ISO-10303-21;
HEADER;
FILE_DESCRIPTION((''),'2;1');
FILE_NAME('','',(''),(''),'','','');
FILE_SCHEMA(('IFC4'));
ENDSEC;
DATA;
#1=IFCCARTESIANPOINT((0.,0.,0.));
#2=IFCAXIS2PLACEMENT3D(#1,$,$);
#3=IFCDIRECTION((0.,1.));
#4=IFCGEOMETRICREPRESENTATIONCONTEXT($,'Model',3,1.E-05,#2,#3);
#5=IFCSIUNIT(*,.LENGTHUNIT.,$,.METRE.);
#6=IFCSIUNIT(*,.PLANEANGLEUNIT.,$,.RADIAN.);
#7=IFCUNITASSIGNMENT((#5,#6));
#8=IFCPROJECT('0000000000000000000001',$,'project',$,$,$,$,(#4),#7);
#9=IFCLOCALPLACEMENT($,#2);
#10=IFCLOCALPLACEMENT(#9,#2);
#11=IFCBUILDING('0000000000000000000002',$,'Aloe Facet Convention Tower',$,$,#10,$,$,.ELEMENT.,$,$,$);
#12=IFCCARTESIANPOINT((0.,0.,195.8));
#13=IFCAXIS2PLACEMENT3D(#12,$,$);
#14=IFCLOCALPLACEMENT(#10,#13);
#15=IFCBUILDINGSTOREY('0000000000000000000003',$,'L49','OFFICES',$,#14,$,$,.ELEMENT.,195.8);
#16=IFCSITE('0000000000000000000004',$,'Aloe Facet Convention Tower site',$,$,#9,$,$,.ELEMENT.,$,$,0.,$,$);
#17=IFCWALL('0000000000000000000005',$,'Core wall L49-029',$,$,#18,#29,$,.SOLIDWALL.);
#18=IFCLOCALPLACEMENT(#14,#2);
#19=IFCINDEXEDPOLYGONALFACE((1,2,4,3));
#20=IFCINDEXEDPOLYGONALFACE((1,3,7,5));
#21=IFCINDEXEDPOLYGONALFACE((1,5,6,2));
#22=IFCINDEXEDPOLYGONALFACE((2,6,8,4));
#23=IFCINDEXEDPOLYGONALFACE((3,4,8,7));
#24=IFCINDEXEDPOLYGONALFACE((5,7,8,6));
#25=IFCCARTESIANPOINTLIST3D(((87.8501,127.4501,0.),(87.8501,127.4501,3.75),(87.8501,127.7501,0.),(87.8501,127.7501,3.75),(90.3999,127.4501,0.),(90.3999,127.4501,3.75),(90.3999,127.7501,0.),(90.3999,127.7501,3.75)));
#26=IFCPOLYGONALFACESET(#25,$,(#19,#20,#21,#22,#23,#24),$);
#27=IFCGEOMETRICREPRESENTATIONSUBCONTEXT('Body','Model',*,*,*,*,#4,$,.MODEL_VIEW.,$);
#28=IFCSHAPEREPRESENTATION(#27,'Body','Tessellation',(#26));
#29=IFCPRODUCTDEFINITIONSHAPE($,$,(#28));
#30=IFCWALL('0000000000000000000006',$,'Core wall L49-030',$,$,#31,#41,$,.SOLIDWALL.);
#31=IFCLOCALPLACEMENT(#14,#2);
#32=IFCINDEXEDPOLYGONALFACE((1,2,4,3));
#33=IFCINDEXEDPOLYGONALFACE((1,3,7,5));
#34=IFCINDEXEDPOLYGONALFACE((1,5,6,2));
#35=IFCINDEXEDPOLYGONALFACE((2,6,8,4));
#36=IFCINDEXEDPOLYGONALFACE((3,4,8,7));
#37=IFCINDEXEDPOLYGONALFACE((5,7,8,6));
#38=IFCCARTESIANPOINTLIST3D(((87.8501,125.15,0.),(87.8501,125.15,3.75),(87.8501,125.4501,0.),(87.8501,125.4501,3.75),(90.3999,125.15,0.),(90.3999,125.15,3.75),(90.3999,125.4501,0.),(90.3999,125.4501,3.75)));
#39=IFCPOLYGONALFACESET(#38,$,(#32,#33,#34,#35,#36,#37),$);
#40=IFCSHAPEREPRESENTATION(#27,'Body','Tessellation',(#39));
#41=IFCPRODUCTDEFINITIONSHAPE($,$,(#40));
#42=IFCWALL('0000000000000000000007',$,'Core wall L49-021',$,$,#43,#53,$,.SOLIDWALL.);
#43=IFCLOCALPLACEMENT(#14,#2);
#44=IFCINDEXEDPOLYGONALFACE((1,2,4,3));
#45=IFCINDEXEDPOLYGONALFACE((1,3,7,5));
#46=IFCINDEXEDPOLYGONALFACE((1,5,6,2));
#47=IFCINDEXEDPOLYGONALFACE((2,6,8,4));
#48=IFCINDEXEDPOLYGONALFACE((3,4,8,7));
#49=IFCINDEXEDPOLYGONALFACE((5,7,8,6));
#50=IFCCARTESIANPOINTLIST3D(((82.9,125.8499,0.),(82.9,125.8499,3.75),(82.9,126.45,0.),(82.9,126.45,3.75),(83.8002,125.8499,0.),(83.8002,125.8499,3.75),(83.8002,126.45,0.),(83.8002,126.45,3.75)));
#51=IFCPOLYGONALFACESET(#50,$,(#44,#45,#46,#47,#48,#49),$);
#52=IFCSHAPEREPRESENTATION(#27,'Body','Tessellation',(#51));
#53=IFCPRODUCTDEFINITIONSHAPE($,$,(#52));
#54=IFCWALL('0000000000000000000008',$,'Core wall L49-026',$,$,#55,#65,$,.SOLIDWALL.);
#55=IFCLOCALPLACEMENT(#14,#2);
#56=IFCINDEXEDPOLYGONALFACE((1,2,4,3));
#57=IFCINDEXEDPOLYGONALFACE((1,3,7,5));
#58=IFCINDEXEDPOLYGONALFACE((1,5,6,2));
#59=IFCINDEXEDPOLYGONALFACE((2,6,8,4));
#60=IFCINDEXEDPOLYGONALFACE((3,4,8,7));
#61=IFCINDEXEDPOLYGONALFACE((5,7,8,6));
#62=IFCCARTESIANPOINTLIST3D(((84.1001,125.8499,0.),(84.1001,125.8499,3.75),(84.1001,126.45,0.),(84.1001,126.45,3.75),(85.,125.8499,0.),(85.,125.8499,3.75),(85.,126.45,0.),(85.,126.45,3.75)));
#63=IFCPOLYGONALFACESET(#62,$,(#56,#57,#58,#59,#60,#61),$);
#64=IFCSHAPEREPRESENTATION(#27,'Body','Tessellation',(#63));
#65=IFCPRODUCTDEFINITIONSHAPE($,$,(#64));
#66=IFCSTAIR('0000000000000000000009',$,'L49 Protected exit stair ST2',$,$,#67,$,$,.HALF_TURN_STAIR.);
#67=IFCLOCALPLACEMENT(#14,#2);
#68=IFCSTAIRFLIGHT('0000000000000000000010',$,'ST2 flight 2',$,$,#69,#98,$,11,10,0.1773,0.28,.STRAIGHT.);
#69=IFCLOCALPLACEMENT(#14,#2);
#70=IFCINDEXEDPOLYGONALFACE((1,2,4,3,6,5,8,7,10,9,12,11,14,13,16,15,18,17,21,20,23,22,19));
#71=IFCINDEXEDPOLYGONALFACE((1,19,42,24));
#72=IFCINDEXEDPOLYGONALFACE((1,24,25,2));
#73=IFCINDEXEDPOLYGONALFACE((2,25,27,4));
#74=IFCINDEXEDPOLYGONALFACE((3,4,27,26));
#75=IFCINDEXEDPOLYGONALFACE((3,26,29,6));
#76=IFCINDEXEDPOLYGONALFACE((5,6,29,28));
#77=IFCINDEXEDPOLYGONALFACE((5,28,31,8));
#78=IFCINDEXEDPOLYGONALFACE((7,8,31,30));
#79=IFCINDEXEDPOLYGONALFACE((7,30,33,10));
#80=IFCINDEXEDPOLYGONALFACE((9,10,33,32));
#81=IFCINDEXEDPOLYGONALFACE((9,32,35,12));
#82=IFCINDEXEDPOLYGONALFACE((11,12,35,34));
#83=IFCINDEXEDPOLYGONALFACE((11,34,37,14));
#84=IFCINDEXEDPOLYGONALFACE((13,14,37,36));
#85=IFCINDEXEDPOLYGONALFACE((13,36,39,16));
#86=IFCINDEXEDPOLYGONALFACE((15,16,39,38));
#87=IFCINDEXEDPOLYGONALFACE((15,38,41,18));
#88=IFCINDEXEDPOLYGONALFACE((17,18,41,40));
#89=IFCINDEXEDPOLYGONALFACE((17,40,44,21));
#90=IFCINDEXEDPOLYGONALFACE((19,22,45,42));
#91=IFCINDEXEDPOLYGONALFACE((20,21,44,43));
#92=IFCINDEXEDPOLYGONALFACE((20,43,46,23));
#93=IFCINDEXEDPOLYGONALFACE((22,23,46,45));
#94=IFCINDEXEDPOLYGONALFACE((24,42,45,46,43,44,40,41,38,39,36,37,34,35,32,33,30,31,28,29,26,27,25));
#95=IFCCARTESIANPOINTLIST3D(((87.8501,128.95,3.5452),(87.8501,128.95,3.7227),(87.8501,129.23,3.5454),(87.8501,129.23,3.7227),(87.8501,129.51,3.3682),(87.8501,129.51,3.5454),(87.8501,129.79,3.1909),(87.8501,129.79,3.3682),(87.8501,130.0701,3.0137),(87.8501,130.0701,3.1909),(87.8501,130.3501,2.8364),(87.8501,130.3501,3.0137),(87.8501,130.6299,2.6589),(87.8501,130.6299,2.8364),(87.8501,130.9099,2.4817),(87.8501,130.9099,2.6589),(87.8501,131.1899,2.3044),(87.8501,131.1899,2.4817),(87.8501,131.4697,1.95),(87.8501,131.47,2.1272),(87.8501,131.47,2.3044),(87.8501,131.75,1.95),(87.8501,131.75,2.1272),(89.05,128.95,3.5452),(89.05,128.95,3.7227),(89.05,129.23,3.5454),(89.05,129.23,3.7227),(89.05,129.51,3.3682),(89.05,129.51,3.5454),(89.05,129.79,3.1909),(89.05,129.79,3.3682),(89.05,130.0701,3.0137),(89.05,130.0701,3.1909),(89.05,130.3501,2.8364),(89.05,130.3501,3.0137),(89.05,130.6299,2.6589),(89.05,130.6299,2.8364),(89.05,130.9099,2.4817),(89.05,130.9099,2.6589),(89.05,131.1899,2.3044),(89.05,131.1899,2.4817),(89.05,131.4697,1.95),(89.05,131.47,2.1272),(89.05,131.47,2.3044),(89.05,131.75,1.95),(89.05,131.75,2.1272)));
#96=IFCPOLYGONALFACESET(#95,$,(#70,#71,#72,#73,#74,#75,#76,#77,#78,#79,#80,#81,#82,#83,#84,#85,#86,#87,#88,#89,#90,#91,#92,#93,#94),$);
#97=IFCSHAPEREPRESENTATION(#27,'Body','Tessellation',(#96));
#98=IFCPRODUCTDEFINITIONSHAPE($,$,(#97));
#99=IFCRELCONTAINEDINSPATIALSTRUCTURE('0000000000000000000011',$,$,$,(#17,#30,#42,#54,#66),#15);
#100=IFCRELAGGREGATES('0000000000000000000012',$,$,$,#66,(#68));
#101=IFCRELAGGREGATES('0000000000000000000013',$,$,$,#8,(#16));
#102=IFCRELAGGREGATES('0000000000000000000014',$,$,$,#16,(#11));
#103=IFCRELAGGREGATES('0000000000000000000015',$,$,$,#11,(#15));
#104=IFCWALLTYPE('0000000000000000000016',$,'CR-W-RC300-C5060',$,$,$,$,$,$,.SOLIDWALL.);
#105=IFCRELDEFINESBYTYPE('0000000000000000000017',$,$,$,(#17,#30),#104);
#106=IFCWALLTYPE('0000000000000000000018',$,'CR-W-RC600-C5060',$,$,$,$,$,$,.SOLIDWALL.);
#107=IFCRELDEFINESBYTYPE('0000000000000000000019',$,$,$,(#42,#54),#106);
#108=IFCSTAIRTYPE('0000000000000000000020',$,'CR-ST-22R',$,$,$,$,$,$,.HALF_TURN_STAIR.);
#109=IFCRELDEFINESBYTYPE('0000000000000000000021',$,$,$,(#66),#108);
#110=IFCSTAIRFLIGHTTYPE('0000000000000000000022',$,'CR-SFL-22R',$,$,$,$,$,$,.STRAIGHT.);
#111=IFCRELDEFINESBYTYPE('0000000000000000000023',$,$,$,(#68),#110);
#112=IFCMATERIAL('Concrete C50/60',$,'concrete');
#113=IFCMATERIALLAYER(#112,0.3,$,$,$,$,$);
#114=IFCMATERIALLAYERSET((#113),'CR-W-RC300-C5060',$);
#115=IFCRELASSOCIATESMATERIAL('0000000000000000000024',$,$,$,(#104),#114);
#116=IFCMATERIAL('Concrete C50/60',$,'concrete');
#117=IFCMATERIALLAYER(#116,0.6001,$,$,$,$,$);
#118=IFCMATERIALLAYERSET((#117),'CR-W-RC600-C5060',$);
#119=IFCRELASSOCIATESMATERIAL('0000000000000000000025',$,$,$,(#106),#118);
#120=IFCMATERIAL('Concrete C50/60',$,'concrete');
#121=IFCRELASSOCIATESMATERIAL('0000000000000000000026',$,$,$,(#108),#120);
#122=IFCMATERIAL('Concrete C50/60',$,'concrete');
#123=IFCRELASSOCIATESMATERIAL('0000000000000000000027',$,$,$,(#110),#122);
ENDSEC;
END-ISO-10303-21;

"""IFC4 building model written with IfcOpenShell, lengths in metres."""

from ifc_helpers import new_model, si_unit, direction, frame, frame_2d, origin, place, context, subcontext, project, spatial, polyline, rectangle, outline, extrude, material, layer, layer_set, type_object, element, aggregate, save


model = new_model("IFC4")

# Units and contexts
model_context = context("Model", 3, precision=1e-05, world=origin(), true_north=direction((0.0, 1.0)))
body_context = subcontext(model_context, "Body", "Model", "MODEL_VIEW")
ifc_project = project(units=[si_unit("LENGTHUNIT", "METRE"), si_unit("PLANEANGLEUNIT", "RADIAN")], contexts=[model_context])

# Site, building, storey
site_placement = place(None, origin())
site = spatial("IfcSite", under=ifc_project, at=site_placement, Name="Aloe Facet Convention Tower site", CompositionType="ELEMENT", RefElevation=0.0)
building_placement = place(site_placement, origin())
building = spatial("IfcBuilding", under=site, at=building_placement, Name="Aloe Facet Convention Tower", CompositionType="ELEMENT")
storey_placement = place(building_placement, frame((0.0, 0.0, 195.8)))
storey = spatial("IfcBuildingStorey", under=building, at=storey_placement, Name="L49", Description="OFFICES", CompositionType="ELEMENT", Elevation=195.8)

# Shared definitions
ifc_material_1 = material(Name="Concrete C50/60", Category="concrete")
ifc_layer_1 = layer(ifc_material_1, 0.3)
ifc_layer_set_1 = layer_set([ifc_layer_1], Name="CR-W-RC300-C5060")
wall_type_1 = type_object("IfcWallType", Name="CR-W-RC300-C5060", PredefinedType="SOLIDWALL", material=ifc_layer_set_1)

# Walls
for number, where, z_axis, x_axis, name in (
    (1, (87.8501, 127.6001, 0.0), (0.0, 0.0, 1.0), (1.0, 0.0, 0.0), "Core wall L49-029"),
    (2, (87.8501, 125.3, 0.0), (0.0, 0.0, 1.0), (1.0, 0.0, 0.0), "Core wall L49-030"),
):
    element("IfcWall", number, at=place(storey_placement, frame(where, z_axis=z_axis, x_axis=x_axis)), inside=storey, type_object=wall_type_1, Name=name, PredefinedType="SOLIDWALL", context=body_context, shape_type="SweptSolid", body=[
        extrude(rectangle(XDim=2.5498, YDim=0.3, at=frame_2d((1.2749, 0.0))), origin(), (0.0, 0.0, 1.0), 3.75),
    ])
ifc_material_2 = material(Name="Concrete C50/60", Category="concrete")
ifc_layer_2 = layer(ifc_material_2, 0.6001)
ifc_layer_set_2 = layer_set([ifc_layer_2], Name="CR-W-RC600-C5060")
wall_type_2 = type_object("IfcWallType", Name="CR-W-RC600-C5060", PredefinedType="SOLIDWALL", material=ifc_layer_set_2)
wall_1_placement = place(storey_placement, frame((82.8999, 126.1499, 0.0), z_axis=(0.0, 0.0, 1.0), x_axis=(1.0, 0.0, 0.0)))
element("IfcWall", 3, at=wall_1_placement, inside=storey, type_object=wall_type_2, Name="Core wall L49-021", PredefinedType="SOLIDWALL", context=body_context, shape_type="SweptSolid", body=[
    extrude(rectangle(XDim=0.9001, YDim=0.6001, at=frame_2d((0.4502, 0.0))), origin(), (0.0, 0.0, 1.0), 3.75),
])
wall_2_placement = place(storey_placement, frame((84.1001, 126.1499, 0.0), z_axis=(0.0, 0.0, 1.0), x_axis=(1.0, 0.0, 0.0)))
element("IfcWall", 4, at=wall_2_placement, inside=storey, type_object=wall_type_2, Name="Core wall L49-026", PredefinedType="SOLIDWALL", context=body_context, shape_type="SweptSolid", body=[
    extrude(rectangle(XDim=0.8999, YDim=0.6001, at=frame_2d((0.45, 0.0))), origin(), (0.0, 0.0, 1.0), 3.75),
])

# Stair, stair flight
ifc_material_3 = material(Name="Concrete C50/60", Category="concrete")
stair_type = type_object("IfcStairType", Name="CR-ST-22R", PredefinedType="HALF_TURN_STAIR", material=ifc_material_3)
stair_placement = place(storey_placement, origin())
stair = element("IfcStair", 5, at=stair_placement, inside=storey, type_object=stair_type, Name="L49 Protected exit stair ST2", PredefinedType="HALF_TURN_STAIR")
ifc_material_4 = material(Name="Concrete C50/60", Category="concrete")
stair_flight_type = type_object("IfcStairFlightType", Name="CR-SFL-22R", PredefinedType="STRAIGHT", material=ifc_material_4)
stair_flight_placement = place(storey_placement, frame((88.45, 131.75, 1.95), z_axis=(0.0, 0.0, 1.0), x_axis=(0.0, -1.0, 0.0)))
stair_flight = element("IfcStairFlight", 6, at=stair_flight_placement, type_object=stair_flight_type, Name="ST2 flight 2", NumberOfRisers=11, NumberOfTreads=10, PredefinedType="STRAIGHT", RiserHeight=0.1773, TreadLength=0.28, context=body_context, shape_type="SweptSolid", body=[
    extrude(outline(polyline([(0.0, 0.0), (0.0, 0.1772), (0.28, 0.1772), (0.28, 0.3545), (0.5601, 0.3545), (0.5601, 0.5317), (0.8401, 0.5317), (0.8401, 0.709), (1.1201, 0.709), (1.1201, 0.8865), (1.3999, 0.8865), (1.3999, 1.0637), (1.6799, 1.0637), (1.6799, 1.241), (1.96, 1.241), (1.96, 1.4182), (2.24, 1.4182), (2.24, 1.5955), (2.52, 1.5955), (2.52, 1.7727), (2.8, 1.7727), (2.8, 1.95), (2.8, 1.5952), (0.2803, 0.0), (0.0, 0.0)])), frame((0.0, 0.6001, 0.0), z_axis=(0.0, -1.0, 0.0), x_axis=(1.0, 0.0, 0.0)), (0.0, 0.0, 1.0), 1.2),
])
aggregate(stair, [stair_flight])

save(model, "model.ifc")
